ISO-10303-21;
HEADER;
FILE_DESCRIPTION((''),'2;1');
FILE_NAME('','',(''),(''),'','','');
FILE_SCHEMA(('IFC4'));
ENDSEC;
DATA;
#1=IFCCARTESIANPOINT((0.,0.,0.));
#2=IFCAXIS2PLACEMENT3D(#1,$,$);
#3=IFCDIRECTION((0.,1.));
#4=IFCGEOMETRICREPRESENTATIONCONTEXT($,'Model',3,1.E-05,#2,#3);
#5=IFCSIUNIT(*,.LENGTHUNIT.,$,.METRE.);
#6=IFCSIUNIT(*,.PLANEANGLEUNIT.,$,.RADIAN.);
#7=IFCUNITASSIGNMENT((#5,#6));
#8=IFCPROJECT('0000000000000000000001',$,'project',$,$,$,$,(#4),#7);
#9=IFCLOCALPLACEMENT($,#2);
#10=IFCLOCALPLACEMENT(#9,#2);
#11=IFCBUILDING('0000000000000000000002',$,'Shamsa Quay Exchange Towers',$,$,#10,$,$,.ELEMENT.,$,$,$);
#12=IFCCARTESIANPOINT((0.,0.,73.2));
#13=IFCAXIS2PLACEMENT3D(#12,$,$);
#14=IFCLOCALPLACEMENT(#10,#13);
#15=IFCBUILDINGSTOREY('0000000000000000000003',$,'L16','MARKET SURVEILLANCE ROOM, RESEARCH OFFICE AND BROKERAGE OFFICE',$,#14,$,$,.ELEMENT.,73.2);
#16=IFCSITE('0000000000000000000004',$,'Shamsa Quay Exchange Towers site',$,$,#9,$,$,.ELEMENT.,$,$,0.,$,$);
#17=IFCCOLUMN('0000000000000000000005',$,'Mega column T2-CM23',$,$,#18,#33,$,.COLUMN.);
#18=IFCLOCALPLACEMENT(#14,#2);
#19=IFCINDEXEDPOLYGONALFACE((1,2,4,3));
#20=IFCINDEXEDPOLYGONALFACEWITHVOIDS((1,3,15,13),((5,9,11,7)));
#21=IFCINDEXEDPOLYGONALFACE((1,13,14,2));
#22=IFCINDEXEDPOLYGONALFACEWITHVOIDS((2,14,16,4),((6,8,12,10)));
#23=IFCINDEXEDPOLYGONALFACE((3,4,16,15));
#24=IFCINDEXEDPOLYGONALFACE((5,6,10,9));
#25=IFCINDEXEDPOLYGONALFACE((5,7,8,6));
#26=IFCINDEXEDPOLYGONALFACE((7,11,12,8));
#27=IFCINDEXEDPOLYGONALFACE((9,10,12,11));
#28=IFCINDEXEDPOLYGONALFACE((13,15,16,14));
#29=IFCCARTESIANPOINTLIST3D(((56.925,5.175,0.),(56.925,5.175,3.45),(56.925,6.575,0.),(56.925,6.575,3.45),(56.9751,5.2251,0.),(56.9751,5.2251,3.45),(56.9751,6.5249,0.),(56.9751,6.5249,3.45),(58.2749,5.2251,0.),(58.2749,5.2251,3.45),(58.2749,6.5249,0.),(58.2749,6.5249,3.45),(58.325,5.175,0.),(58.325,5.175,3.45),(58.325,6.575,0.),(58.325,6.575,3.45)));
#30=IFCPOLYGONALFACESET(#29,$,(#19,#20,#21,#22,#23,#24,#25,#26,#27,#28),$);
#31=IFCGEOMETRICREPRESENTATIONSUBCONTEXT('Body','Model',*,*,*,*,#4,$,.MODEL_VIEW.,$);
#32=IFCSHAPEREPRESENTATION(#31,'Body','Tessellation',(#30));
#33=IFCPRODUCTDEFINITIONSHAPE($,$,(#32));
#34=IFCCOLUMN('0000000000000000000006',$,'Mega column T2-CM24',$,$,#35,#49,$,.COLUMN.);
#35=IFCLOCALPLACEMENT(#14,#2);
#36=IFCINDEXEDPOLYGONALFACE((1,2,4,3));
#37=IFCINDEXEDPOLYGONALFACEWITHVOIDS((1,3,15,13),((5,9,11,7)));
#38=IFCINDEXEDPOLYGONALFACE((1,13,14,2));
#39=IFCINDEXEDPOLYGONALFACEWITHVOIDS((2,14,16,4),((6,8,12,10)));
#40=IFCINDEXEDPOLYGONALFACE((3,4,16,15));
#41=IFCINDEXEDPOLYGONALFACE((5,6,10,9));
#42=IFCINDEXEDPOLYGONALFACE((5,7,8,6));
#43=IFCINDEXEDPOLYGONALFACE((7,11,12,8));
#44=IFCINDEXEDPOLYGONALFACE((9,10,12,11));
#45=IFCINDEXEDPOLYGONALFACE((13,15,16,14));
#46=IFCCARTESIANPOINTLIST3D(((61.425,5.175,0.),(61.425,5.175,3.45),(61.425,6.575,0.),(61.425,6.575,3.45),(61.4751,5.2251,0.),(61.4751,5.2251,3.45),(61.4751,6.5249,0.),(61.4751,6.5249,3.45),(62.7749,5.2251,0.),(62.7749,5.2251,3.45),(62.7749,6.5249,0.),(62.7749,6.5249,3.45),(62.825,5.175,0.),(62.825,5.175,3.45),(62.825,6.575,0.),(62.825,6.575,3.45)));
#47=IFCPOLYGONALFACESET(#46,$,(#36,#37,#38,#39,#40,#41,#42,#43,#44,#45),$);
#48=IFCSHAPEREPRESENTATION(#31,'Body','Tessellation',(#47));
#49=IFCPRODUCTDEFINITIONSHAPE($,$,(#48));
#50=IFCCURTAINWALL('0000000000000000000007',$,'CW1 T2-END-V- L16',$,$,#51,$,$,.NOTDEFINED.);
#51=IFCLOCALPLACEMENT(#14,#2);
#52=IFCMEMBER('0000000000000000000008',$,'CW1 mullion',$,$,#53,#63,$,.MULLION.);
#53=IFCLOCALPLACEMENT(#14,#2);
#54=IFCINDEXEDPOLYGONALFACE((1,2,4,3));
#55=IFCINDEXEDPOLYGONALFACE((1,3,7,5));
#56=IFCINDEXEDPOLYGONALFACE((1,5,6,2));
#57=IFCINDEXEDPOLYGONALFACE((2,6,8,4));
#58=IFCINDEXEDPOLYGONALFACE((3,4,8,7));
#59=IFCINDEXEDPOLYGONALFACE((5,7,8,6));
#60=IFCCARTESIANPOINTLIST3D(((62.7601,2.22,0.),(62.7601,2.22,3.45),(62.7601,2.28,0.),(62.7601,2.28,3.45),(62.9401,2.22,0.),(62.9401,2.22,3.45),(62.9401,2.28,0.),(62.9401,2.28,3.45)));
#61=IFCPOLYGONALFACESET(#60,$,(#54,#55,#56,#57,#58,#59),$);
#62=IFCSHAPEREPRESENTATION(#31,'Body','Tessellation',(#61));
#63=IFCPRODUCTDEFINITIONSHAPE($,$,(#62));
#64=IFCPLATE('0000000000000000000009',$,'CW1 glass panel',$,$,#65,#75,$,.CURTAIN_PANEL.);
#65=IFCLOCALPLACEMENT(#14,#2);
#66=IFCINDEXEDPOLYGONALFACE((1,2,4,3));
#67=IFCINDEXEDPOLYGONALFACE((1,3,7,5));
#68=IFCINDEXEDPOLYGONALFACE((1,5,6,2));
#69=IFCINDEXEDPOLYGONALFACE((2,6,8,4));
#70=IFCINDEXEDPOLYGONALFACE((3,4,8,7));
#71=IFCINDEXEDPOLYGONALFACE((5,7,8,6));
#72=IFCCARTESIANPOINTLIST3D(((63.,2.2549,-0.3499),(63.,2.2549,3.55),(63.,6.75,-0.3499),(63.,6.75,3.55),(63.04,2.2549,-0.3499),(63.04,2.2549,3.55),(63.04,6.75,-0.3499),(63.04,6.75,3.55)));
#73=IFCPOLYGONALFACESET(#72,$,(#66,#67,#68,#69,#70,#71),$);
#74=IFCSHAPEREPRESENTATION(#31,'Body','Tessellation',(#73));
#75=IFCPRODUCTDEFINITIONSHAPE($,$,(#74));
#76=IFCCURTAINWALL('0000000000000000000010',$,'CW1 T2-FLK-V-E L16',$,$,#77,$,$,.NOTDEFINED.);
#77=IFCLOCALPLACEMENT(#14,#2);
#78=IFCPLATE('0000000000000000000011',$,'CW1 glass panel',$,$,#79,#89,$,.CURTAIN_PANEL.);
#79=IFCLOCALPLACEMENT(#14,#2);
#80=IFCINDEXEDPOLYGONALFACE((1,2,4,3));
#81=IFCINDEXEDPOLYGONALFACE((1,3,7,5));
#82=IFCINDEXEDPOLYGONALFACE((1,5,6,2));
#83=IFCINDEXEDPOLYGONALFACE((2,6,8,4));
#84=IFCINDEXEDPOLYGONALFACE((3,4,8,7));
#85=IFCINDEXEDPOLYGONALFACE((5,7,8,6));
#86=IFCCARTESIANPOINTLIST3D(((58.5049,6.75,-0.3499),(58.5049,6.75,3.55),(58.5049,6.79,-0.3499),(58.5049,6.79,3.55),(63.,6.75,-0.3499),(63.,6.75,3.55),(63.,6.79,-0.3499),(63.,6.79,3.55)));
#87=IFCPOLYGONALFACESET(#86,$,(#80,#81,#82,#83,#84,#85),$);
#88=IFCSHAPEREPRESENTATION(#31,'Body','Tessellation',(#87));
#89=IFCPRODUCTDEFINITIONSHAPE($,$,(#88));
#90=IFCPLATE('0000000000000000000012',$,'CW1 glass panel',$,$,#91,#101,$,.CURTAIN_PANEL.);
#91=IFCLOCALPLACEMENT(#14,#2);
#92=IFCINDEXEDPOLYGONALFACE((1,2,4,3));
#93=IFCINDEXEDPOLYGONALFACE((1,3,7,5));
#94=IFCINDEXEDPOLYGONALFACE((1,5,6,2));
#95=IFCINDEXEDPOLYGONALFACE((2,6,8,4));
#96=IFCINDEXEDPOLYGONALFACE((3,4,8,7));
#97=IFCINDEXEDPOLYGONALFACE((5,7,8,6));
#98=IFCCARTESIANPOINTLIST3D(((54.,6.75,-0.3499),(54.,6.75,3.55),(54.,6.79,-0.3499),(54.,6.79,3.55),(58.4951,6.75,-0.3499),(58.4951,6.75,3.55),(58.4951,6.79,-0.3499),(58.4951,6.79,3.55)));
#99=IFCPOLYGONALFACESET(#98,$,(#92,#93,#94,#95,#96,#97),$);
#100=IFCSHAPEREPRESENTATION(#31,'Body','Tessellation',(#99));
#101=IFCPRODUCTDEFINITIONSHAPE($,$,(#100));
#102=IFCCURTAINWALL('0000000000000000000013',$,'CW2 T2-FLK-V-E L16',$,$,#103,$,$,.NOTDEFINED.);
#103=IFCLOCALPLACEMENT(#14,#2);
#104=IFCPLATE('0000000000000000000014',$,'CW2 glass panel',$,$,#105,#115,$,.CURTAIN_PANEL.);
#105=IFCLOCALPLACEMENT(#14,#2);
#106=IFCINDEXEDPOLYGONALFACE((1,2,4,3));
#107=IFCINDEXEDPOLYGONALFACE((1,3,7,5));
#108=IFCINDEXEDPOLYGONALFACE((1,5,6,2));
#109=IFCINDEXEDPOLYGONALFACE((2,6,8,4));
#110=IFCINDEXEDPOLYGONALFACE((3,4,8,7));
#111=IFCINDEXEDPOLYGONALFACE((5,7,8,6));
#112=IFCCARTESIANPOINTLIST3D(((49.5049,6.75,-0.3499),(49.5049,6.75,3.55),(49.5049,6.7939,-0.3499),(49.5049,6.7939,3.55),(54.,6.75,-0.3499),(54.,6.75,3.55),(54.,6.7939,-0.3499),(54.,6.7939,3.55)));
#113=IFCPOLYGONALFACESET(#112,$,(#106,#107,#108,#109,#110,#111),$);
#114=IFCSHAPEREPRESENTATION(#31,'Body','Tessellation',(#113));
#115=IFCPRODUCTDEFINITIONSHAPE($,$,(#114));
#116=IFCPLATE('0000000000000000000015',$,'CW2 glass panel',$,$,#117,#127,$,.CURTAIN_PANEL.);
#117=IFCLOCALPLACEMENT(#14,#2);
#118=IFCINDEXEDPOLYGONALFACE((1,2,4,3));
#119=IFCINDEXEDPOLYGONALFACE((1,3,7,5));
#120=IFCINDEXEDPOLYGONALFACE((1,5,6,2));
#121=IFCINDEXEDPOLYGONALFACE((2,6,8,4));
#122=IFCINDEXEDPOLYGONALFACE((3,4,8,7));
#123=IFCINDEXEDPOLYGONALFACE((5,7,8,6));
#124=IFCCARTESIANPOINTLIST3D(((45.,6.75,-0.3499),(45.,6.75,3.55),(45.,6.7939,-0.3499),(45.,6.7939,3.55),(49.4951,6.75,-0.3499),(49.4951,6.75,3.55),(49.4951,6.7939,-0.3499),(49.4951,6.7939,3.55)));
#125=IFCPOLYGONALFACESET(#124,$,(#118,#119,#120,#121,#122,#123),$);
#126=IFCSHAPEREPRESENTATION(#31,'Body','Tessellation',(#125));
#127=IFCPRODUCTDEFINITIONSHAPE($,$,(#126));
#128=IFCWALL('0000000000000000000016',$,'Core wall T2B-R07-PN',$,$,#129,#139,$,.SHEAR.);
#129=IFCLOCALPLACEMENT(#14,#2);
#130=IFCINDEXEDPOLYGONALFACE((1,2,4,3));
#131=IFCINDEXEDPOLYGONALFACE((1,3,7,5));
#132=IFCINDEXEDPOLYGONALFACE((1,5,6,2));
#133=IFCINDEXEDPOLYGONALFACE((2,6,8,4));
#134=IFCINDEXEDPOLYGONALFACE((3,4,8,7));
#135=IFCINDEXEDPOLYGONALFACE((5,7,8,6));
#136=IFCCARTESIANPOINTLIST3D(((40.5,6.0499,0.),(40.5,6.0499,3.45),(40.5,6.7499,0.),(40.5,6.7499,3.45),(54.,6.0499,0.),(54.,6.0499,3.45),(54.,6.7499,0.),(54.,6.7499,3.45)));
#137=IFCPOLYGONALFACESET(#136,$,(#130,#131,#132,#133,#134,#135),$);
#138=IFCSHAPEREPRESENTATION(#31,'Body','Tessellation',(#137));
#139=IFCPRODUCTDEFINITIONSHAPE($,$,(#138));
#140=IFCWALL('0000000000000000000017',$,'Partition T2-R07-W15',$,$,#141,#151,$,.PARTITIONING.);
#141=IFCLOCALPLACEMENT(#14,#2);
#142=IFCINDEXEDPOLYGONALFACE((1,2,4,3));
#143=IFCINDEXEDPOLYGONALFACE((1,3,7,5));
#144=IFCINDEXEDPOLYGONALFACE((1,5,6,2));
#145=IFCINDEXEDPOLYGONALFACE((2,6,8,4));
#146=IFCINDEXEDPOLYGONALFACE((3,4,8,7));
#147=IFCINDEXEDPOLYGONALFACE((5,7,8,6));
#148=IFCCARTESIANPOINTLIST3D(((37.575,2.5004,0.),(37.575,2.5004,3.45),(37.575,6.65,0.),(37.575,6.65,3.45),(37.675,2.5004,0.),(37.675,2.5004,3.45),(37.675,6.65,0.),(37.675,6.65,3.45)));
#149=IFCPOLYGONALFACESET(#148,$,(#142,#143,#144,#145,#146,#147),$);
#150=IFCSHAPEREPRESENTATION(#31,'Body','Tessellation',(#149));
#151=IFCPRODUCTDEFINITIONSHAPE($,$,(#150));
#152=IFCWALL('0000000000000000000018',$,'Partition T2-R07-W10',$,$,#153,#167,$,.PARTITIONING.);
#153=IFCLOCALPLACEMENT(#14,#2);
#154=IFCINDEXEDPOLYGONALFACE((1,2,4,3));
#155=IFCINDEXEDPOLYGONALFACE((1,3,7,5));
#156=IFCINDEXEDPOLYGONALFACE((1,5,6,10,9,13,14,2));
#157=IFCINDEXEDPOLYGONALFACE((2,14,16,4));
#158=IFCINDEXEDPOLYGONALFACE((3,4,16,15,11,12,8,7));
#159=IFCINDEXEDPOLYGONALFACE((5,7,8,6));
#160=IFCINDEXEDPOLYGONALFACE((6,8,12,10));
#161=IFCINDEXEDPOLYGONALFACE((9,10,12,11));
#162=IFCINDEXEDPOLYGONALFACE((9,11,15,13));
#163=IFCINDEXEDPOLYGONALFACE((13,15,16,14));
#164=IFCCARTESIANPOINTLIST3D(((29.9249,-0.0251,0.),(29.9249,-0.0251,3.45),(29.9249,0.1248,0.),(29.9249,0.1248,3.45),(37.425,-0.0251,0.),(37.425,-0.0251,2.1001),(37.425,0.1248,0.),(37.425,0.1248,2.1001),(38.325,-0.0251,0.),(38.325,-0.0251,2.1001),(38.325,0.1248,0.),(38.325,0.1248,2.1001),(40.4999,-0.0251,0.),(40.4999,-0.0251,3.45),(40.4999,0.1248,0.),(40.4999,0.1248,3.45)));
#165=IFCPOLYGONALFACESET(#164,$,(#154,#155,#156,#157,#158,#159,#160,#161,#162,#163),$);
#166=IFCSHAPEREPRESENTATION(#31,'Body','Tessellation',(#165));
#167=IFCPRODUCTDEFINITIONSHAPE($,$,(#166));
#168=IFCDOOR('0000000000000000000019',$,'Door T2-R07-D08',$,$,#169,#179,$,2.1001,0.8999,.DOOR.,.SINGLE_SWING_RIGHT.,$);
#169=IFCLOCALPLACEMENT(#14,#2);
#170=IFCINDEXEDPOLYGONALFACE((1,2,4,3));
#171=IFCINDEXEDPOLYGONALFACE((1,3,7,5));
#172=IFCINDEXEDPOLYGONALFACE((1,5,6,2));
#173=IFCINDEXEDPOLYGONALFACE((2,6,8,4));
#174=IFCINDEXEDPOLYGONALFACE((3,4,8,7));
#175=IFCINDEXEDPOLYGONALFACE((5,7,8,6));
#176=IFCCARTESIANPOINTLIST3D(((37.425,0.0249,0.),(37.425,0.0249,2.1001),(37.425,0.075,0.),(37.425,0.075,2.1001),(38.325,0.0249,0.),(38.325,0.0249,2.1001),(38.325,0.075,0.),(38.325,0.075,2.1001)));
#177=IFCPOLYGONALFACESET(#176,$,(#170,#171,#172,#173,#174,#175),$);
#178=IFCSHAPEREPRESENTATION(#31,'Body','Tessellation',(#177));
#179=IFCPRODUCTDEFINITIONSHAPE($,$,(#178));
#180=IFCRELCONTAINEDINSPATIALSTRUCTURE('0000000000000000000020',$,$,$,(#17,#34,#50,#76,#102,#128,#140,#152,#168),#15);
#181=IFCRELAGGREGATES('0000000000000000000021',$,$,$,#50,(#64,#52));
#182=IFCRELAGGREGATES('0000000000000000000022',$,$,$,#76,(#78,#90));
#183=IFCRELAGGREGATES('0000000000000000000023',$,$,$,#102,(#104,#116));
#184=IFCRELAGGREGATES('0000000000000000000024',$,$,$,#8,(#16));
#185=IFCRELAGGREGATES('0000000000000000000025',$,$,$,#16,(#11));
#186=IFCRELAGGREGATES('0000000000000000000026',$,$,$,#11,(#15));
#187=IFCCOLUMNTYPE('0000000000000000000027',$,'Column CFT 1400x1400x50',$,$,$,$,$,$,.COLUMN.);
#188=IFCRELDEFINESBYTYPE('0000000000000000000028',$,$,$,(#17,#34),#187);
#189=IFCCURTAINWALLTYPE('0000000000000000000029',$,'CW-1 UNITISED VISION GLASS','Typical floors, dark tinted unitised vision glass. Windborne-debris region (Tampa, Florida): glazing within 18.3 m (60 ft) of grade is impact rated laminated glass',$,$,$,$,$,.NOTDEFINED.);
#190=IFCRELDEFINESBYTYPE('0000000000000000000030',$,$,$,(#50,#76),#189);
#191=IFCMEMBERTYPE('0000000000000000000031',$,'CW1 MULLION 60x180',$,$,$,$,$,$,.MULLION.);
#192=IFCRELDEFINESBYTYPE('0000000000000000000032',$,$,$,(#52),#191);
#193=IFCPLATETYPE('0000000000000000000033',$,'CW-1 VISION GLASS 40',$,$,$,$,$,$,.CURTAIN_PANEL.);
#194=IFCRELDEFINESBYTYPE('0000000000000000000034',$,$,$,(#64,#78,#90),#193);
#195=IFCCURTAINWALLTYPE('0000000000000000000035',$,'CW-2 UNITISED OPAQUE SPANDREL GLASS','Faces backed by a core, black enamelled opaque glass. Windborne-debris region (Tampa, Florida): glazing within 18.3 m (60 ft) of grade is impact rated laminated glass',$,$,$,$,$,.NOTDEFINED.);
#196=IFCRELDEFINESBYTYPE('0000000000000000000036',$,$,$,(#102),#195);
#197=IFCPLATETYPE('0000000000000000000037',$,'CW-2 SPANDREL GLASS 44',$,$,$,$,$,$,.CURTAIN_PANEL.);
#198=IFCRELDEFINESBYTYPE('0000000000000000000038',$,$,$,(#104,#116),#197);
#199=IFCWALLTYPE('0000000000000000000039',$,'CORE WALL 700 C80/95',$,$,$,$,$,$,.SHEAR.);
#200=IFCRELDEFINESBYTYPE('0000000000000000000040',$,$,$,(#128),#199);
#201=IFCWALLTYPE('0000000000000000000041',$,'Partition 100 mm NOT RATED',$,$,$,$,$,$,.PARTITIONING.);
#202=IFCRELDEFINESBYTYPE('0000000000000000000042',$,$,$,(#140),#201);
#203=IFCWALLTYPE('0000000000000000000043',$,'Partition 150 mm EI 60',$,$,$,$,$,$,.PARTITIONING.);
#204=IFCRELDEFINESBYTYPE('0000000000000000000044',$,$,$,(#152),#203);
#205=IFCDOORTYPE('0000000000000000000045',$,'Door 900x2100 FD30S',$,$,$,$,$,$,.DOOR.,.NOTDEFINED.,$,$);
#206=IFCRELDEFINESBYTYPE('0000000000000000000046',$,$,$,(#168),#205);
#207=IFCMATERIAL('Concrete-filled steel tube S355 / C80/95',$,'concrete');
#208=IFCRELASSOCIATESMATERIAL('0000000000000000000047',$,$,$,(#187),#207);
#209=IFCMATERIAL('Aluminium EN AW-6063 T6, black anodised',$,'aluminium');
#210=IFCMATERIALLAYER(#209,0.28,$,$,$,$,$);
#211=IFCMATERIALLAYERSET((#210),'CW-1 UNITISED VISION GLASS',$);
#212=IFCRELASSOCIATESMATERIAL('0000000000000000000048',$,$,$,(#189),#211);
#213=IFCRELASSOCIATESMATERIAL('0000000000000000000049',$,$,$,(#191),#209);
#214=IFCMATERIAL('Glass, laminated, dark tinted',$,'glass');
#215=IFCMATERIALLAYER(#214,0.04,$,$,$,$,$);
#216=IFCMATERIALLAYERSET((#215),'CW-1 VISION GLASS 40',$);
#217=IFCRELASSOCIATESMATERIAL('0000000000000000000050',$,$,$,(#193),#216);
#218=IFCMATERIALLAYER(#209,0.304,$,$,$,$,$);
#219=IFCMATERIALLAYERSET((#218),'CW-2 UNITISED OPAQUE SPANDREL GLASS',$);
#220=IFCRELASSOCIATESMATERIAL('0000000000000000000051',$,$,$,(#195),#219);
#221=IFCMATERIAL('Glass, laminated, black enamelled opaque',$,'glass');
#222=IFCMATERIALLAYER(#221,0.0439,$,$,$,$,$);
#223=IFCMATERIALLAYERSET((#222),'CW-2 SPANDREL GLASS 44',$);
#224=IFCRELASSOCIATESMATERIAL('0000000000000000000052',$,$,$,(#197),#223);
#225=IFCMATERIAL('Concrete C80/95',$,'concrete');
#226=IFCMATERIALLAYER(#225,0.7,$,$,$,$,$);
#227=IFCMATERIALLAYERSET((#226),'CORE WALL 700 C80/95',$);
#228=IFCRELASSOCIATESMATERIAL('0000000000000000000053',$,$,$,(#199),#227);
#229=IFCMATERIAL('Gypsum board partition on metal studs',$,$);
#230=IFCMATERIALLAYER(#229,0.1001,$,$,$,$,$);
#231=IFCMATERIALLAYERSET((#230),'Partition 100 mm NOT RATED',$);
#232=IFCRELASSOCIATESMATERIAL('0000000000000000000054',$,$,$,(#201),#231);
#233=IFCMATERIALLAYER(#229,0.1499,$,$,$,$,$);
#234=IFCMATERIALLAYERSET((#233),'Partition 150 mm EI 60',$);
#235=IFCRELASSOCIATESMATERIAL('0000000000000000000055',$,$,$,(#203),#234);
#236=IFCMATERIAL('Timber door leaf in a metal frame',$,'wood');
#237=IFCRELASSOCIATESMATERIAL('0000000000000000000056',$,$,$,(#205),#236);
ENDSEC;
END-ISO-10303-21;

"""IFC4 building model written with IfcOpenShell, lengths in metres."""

from ifc_helpers import new_model, si_unit, direction, frame, frame_2d, origin, origin_2d, place, context, subcontext, project, spatial, rectangle, hollow_rectangle, extrude, material, layer, layer_set, material_profile, profile_set, type_object, element, fill, aggregate, save


model = new_model("IFC4")

# Units and contexts
model_context = context("Model", 3, precision=1e-05, world=origin(), true_north=direction((0.0, 1.0)))
body_context = subcontext(model_context, "Body", "Model", "MODEL_VIEW")
ifc_project = project(units=[si_unit("LENGTHUNIT", "METRE"), si_unit("PLANEANGLEUNIT", "RADIAN")], contexts=[model_context])

# Site, building, storey
site_placement = place(None, origin())
site = spatial("IfcSite", under=ifc_project, at=site_placement, Name="Shamsa Quay Exchange Towers site", CompositionType="ELEMENT", RefElevation=0.0)
building_placement = place(site_placement, origin())
building = spatial("IfcBuilding", under=site, at=building_placement, Name="Shamsa Quay Exchange Towers", CompositionType="ELEMENT")
storey_placement = place(building_placement, frame((0.0, 0.0, 73.2)))
storey = spatial("IfcBuildingStorey", under=building, at=storey_placement, Name="L16", Description="MARKET SURVEILLANCE ROOM, RESEARCH OFFICE AND BROKERAGE OFFICE", CompositionType="ELEMENT", Elevation=73.2)

# Columns
ifc_material_1 = material(Name="Concrete-filled steel tube S355 / C80/95", Category="concrete")
ifc_material_profile_1 = material_profile(ifc_material_1, hollow_rectangle(XDim=1.3999, YDim=1.3999, WallThickness=0.05, at=origin_2d()), Name="CFT 1400x1400x50")
ifc_profile_set_1 = profile_set([ifc_material_profile_1], Name="Concrete-filled steel tube S355 / C80/95")
column_type = type_object("IfcColumnType", Name="Column CFT 1400x1400x50", PredefinedType="COLUMN", material=ifc_profile_set_1)
for number, where, name in (
    (1, (57.625, 5.875, 0.0), "Mega column T2-CM23"),
    (2, (62.125, 5.875, 0.0), "Mega column T2-CM24"),
):
    element("IfcColumn", number, at=place(storey_placement, frame(where)), inside=storey, type_object=column_type, Name=name, PredefinedType="COLUMN", context=body_context, shape_type="SweptSolid", body=[
        extrude(hollow_rectangle(XDim=1.3999, YDim=1.3999, WallThickness=0.05, at=origin_2d()), origin(), (0.0, 0.0, 1.0), 3.45),
    ])

# Curtain wall, member, plate
ifc_material_2 = material(Name="Aluminium EN AW-6063 T6, black anodised", Category="aluminium")
ifc_layer_1 = layer(ifc_material_2, 0.28)
ifc_layer_set_1 = layer_set([ifc_layer_1], Name="CW-1 UNITISED VISION GLASS")
curtain_wall_type_1 = type_object("IfcCurtainWallType", Name="CW-1 UNITISED VISION GLASS", Description="Typical floors, dark tinted unitised vision glass. Windborne-debris region (Tampa, Florida): glazing within 18.3 m (60 ft) of grade is impact rated laminated glass", PredefinedType="NOTDEFINED", material=ifc_layer_set_1)
curtain_wall_1_placement = place(storey_placement, origin())
curtain_wall_1 = element("IfcCurtainWall", 3, at=curtain_wall_1_placement, inside=storey, type_object=curtain_wall_type_1, Name="CW1 T2-END-V- L16", PredefinedType="NOTDEFINED")
ifc_material_profile_2 = material_profile(ifc_material_2, rectangle(XDim=0.1799, YDim=0.0601, at=origin_2d()), Name="MU60x180")
ifc_profile_set_2 = profile_set([ifc_material_profile_2], Name="Aluminium EN AW-6063 T6, black anodised")
member_type = type_object("IfcMemberType", Name="CW1 MULLION 60x180", PredefinedType="MULLION", material=ifc_profile_set_2)
member_placement = place(storey_placement, frame((62.8501, 2.25, 0.0), z_axis=(0.0, 0.0, 1.0), x_axis=(-1.0, 0.0, 0.0)))
member = element("IfcMember", 4, at=member_placement, type_object=member_type, Name="CW1 mullion", PredefinedType="MULLION", context=body_context, shape_type="SweptSolid", body=[
    extrude(rectangle(XDim=0.1799, YDim=0.0601, at=origin_2d()), origin(), (0.0, 0.0, 1.0), 3.45),
])
ifc_material_3 = material(Name="Glass, laminated, dark tinted", Category="glass")
ifc_layer_2 = layer(ifc_material_3, 0.04)
ifc_layer_set_2 = layer_set([ifc_layer_2], Name="CW-1 VISION GLASS 40")
plate_type_1 = type_object("IfcPlateType", Name="CW-1 VISION GLASS 40", PredefinedType="CURTAIN_PANEL", material=ifc_layer_set_2)
plate_1_placement = place(storey_placement, frame((63.02, 4.5024, -0.3499), z_axis=(0.0, 0.0, 1.0), x_axis=(0.0, 1.0, 0.0)))
plate_1 = element("IfcPlate", 5, at=plate_1_placement, type_object=plate_type_1, Name="CW1 glass panel", PredefinedType="CURTAIN_PANEL", context=body_context, shape_type="SweptSolid", body=[
    extrude(rectangle(XDim=4.4951, YDim=0.04, at=origin_2d()), origin(), (0.0, 0.0, 1.0), 3.8999),
])
aggregate(curtain_wall_1, [plate_1, member])

# Curtain walls, plates
curtain_wall_2_placement = place(storey_placement, origin())
curtain_wall_2 = element("IfcCurtainWall", 6, at=curtain_wall_2_placement, inside=storey, type_object=curtain_wall_type_1, Name="CW1 T2-FLK-V-E L16", PredefinedType="NOTDEFINED")
plate_2_placement = place(storey_placement, frame((60.7524, 6.77, -0.3499), z_axis=(0.0, 0.0, 1.0), x_axis=(-1.0, 0.0, 0.0)))
plate_2 = element("IfcPlate", 7, at=plate_2_placement, type_object=plate_type_1, Name="CW1 glass panel", PredefinedType="CURTAIN_PANEL", context=body_context, shape_type="SweptSolid", body=[
    extrude(rectangle(XDim=4.4951, YDim=0.04, at=origin_2d()), origin(), (0.0, 0.0, 1.0), 3.8999),
])
plate_3_placement = place(storey_placement, frame((56.2476, 6.77, -0.3499), z_axis=(0.0, 0.0, 1.0), x_axis=(-1.0, 0.0, 0.0)))
plate_3 = element("IfcPlate", 8, at=plate_3_placement, type_object=plate_type_1, Name="CW1 glass panel", PredefinedType="CURTAIN_PANEL", context=body_context, shape_type="SweptSolid", body=[
    extrude(rectangle(XDim=4.4951, YDim=0.04, at=origin_2d()), origin(), (0.0, 0.0, 1.0), 3.8999),
])
aggregate(curtain_wall_2, [plate_2, plate_3])
ifc_layer_3 = layer(ifc_material_2, 0.304)
ifc_layer_set_3 = layer_set([ifc_layer_3], Name="CW-2 UNITISED OPAQUE SPANDREL GLASS")
curtain_wall_type_2 = type_object("IfcCurtainWallType", Name="CW-2 UNITISED OPAQUE SPANDREL GLASS", Description="Faces backed by a core, black enamelled opaque glass. Windborne-debris region (Tampa, Florida): glazing within 18.3 m (60 ft) of grade is impact rated laminated glass", PredefinedType="NOTDEFINED", material=ifc_layer_set_3)
curtain_wall_3_placement = place(storey_placement, origin())
curtain_wall_3 = element("IfcCurtainWall", 9, at=curtain_wall_3_placement, inside=storey, type_object=curtain_wall_type_2, Name="CW2 T2-FLK-V-E L16", PredefinedType="NOTDEFINED")
ifc_material_4 = material(Name="Glass, laminated, black enamelled opaque", Category="glass")
ifc_layer_4 = layer(ifc_material_4, 0.0439)
ifc_layer_set_4 = layer_set([ifc_layer_4], Name="CW-2 SPANDREL GLASS 44")
plate_type_2 = type_object("IfcPlateType", Name="CW-2 SPANDREL GLASS 44", PredefinedType="CURTAIN_PANEL", material=ifc_layer_set_4)
plate_4_placement = place(storey_placement, frame((51.7524, 6.772, -0.3499), z_axis=(0.0, 0.0, 1.0), x_axis=(-1.0, 0.0, 0.0)))
plate_4 = element("IfcPlate", 10, at=plate_4_placement, type_object=plate_type_2, Name="CW2 glass panel", PredefinedType="CURTAIN_PANEL", context=body_context, shape_type="SweptSolid", body=[
    extrude(rectangle(XDim=4.4951, YDim=0.0439, at=origin_2d()), origin(), (0.0, 0.0, 1.0), 3.8999),
])
plate_5_placement = place(storey_placement, frame((47.2476, 6.772, -0.3499), z_axis=(0.0, 0.0, 1.0), x_axis=(-1.0, 0.0, 0.0)))
plate_5 = element("IfcPlate", 11, at=plate_5_placement, type_object=plate_type_2, Name="CW2 glass panel", PredefinedType="CURTAIN_PANEL", context=body_context, shape_type="SweptSolid", body=[
    extrude(rectangle(XDim=4.4951, YDim=0.0439, at=origin_2d()), origin(), (0.0, 0.0, 1.0), 3.8999),
])
aggregate(curtain_wall_3, [plate_4, plate_5])

# Walls
ifc_material_5 = material(Name="Concrete C80/95", Category="concrete")
ifc_layer_5 = layer(ifc_material_5, 0.7)
ifc_layer_set_5 = layer_set([ifc_layer_5], Name="CORE WALL 700 C80/95")
wall_type_1 = type_object("IfcWallType", Name="CORE WALL 700 C80/95", PredefinedType="SHEAR", material=ifc_layer_set_5)
wall_1_placement = place(storey_placement, frame((54.0, 6.3999, 0.0), z_axis=(0.0, 0.0, 1.0), x_axis=(-1.0, 0.0, 0.0)))
element("IfcWall", 12, at=wall_1_placement, inside=storey, type_object=wall_type_1, Name="Core wall T2B-R07-PN", PredefinedType="SHEAR", context=body_context, shape_type="SweptSolid", body=[
    extrude(rectangle(XDim=13.5, YDim=0.7, at=frame_2d((6.75, 0.0))), origin(), (0.0, 0.0, 1.0), 3.45),
])
ifc_material_6 = material(Name="Gypsum board partition on metal studs")
ifc_layer_6 = layer(ifc_material_6, 0.1001)
ifc_layer_set_6 = layer_set([ifc_layer_6], Name="Partition 100 mm NOT RATED")
wall_type_2 = type_object("IfcWallType", Name="Partition 100 mm NOT RATED", PredefinedType="PARTITIONING", material=ifc_layer_set_6)
wall_2_placement = place(storey_placement, frame((37.625, 6.6499, 0.0), z_axis=(0.0, 0.0, 1.0), x_axis=(0.0, -1.0, 0.0)))
element("IfcWall", 13, at=wall_2_placement, inside=storey, type_object=wall_type_2, Name="Partition T2-R07-W15", PredefinedType="PARTITIONING", context=body_context, shape_type="SweptSolid", body=[
    extrude(rectangle(XDim=4.1497, YDim=0.1001, at=frame_2d((2.0747, 0.0))), origin(), (0.0, 0.0, 1.0), 3.45),
])

# Wall, opening, door
ifc_layer_7 = layer(ifc_material_6, 0.1499)
ifc_layer_set_7 = layer_set([ifc_layer_7], Name="Partition 150 mm EI 60")
wall_type_3 = type_object("IfcWallType", Name="Partition 150 mm EI 60", PredefinedType="PARTITIONING", material=ifc_layer_set_7)
wall_3_placement = place(storey_placement, frame((40.5, 0.0498, 0.0), z_axis=(0.0, 0.0, 1.0), x_axis=(-1.0, 0.0, 0.0)))
wall_3 = element("IfcWall", 14, at=wall_3_placement, inside=storey, type_object=wall_type_3, Name="Partition T2-R07-W10", PredefinedType="PARTITIONING", context=body_context, shape_type="SweptSolid", body=[
    extrude(rectangle(XDim=10.575, YDim=0.1499, at=frame_2d((5.2876, 0.0))), origin(), (0.0, 0.0, 1.0), 3.45),
])
opening_1_placement = place(wall_3_placement, frame((2.175, 0.0, 0.0)))
opening_1 = element("IfcOpeningElement", 15, at=opening_1_placement, cuts=wall_3, PredefinedType="OPENING", context=body_context, shape_type="SweptSolid", body=[
    extrude(rectangle(XDim=0.8999, YDim=2.1001, at=frame_2d((0.45, 1.05))), frame((0.0, 0.085, 0.0), z_axis=(0.0, -1.0, 0.0), x_axis=(1.0, 0.0, 0.0)), (0.0, 0.0, 1.0), 0.1699),
])
ifc_material_7 = material(Name="Timber door leaf in a metal frame", Category="wood")
door_type_1 = type_object("IfcDoorType", Name="Door 900x2100 FD30S", OperationType="NOTDEFINED", PredefinedType="DOOR", material=ifc_material_7)
door_1_placement = place(opening_1_placement, origin())
door_1 = element("IfcDoor", 16, at=door_1_placement, inside=storey, type_object=door_type_1, Name="Door T2-R07-D08", OperationType="SINGLE_SWING_RIGHT", OverallHeight=2.1001, OverallWidth=0.8999, PredefinedType="DOOR", context=body_context, shape_type="SweptSolid", body=[
    extrude(rectangle(XDim=0.8999, YDim=2.1001, at=frame_2d((0.45, 1.05))), frame((0.0, 0.0249, 0.0), z_axis=(0.0, -1.0, 0.0), x_axis=(1.0, 0.0, 0.0)), (0.0, 0.0, 1.0), 0.05),
])
fill(opening_1, door_1)

save(model, "model.ifc")
